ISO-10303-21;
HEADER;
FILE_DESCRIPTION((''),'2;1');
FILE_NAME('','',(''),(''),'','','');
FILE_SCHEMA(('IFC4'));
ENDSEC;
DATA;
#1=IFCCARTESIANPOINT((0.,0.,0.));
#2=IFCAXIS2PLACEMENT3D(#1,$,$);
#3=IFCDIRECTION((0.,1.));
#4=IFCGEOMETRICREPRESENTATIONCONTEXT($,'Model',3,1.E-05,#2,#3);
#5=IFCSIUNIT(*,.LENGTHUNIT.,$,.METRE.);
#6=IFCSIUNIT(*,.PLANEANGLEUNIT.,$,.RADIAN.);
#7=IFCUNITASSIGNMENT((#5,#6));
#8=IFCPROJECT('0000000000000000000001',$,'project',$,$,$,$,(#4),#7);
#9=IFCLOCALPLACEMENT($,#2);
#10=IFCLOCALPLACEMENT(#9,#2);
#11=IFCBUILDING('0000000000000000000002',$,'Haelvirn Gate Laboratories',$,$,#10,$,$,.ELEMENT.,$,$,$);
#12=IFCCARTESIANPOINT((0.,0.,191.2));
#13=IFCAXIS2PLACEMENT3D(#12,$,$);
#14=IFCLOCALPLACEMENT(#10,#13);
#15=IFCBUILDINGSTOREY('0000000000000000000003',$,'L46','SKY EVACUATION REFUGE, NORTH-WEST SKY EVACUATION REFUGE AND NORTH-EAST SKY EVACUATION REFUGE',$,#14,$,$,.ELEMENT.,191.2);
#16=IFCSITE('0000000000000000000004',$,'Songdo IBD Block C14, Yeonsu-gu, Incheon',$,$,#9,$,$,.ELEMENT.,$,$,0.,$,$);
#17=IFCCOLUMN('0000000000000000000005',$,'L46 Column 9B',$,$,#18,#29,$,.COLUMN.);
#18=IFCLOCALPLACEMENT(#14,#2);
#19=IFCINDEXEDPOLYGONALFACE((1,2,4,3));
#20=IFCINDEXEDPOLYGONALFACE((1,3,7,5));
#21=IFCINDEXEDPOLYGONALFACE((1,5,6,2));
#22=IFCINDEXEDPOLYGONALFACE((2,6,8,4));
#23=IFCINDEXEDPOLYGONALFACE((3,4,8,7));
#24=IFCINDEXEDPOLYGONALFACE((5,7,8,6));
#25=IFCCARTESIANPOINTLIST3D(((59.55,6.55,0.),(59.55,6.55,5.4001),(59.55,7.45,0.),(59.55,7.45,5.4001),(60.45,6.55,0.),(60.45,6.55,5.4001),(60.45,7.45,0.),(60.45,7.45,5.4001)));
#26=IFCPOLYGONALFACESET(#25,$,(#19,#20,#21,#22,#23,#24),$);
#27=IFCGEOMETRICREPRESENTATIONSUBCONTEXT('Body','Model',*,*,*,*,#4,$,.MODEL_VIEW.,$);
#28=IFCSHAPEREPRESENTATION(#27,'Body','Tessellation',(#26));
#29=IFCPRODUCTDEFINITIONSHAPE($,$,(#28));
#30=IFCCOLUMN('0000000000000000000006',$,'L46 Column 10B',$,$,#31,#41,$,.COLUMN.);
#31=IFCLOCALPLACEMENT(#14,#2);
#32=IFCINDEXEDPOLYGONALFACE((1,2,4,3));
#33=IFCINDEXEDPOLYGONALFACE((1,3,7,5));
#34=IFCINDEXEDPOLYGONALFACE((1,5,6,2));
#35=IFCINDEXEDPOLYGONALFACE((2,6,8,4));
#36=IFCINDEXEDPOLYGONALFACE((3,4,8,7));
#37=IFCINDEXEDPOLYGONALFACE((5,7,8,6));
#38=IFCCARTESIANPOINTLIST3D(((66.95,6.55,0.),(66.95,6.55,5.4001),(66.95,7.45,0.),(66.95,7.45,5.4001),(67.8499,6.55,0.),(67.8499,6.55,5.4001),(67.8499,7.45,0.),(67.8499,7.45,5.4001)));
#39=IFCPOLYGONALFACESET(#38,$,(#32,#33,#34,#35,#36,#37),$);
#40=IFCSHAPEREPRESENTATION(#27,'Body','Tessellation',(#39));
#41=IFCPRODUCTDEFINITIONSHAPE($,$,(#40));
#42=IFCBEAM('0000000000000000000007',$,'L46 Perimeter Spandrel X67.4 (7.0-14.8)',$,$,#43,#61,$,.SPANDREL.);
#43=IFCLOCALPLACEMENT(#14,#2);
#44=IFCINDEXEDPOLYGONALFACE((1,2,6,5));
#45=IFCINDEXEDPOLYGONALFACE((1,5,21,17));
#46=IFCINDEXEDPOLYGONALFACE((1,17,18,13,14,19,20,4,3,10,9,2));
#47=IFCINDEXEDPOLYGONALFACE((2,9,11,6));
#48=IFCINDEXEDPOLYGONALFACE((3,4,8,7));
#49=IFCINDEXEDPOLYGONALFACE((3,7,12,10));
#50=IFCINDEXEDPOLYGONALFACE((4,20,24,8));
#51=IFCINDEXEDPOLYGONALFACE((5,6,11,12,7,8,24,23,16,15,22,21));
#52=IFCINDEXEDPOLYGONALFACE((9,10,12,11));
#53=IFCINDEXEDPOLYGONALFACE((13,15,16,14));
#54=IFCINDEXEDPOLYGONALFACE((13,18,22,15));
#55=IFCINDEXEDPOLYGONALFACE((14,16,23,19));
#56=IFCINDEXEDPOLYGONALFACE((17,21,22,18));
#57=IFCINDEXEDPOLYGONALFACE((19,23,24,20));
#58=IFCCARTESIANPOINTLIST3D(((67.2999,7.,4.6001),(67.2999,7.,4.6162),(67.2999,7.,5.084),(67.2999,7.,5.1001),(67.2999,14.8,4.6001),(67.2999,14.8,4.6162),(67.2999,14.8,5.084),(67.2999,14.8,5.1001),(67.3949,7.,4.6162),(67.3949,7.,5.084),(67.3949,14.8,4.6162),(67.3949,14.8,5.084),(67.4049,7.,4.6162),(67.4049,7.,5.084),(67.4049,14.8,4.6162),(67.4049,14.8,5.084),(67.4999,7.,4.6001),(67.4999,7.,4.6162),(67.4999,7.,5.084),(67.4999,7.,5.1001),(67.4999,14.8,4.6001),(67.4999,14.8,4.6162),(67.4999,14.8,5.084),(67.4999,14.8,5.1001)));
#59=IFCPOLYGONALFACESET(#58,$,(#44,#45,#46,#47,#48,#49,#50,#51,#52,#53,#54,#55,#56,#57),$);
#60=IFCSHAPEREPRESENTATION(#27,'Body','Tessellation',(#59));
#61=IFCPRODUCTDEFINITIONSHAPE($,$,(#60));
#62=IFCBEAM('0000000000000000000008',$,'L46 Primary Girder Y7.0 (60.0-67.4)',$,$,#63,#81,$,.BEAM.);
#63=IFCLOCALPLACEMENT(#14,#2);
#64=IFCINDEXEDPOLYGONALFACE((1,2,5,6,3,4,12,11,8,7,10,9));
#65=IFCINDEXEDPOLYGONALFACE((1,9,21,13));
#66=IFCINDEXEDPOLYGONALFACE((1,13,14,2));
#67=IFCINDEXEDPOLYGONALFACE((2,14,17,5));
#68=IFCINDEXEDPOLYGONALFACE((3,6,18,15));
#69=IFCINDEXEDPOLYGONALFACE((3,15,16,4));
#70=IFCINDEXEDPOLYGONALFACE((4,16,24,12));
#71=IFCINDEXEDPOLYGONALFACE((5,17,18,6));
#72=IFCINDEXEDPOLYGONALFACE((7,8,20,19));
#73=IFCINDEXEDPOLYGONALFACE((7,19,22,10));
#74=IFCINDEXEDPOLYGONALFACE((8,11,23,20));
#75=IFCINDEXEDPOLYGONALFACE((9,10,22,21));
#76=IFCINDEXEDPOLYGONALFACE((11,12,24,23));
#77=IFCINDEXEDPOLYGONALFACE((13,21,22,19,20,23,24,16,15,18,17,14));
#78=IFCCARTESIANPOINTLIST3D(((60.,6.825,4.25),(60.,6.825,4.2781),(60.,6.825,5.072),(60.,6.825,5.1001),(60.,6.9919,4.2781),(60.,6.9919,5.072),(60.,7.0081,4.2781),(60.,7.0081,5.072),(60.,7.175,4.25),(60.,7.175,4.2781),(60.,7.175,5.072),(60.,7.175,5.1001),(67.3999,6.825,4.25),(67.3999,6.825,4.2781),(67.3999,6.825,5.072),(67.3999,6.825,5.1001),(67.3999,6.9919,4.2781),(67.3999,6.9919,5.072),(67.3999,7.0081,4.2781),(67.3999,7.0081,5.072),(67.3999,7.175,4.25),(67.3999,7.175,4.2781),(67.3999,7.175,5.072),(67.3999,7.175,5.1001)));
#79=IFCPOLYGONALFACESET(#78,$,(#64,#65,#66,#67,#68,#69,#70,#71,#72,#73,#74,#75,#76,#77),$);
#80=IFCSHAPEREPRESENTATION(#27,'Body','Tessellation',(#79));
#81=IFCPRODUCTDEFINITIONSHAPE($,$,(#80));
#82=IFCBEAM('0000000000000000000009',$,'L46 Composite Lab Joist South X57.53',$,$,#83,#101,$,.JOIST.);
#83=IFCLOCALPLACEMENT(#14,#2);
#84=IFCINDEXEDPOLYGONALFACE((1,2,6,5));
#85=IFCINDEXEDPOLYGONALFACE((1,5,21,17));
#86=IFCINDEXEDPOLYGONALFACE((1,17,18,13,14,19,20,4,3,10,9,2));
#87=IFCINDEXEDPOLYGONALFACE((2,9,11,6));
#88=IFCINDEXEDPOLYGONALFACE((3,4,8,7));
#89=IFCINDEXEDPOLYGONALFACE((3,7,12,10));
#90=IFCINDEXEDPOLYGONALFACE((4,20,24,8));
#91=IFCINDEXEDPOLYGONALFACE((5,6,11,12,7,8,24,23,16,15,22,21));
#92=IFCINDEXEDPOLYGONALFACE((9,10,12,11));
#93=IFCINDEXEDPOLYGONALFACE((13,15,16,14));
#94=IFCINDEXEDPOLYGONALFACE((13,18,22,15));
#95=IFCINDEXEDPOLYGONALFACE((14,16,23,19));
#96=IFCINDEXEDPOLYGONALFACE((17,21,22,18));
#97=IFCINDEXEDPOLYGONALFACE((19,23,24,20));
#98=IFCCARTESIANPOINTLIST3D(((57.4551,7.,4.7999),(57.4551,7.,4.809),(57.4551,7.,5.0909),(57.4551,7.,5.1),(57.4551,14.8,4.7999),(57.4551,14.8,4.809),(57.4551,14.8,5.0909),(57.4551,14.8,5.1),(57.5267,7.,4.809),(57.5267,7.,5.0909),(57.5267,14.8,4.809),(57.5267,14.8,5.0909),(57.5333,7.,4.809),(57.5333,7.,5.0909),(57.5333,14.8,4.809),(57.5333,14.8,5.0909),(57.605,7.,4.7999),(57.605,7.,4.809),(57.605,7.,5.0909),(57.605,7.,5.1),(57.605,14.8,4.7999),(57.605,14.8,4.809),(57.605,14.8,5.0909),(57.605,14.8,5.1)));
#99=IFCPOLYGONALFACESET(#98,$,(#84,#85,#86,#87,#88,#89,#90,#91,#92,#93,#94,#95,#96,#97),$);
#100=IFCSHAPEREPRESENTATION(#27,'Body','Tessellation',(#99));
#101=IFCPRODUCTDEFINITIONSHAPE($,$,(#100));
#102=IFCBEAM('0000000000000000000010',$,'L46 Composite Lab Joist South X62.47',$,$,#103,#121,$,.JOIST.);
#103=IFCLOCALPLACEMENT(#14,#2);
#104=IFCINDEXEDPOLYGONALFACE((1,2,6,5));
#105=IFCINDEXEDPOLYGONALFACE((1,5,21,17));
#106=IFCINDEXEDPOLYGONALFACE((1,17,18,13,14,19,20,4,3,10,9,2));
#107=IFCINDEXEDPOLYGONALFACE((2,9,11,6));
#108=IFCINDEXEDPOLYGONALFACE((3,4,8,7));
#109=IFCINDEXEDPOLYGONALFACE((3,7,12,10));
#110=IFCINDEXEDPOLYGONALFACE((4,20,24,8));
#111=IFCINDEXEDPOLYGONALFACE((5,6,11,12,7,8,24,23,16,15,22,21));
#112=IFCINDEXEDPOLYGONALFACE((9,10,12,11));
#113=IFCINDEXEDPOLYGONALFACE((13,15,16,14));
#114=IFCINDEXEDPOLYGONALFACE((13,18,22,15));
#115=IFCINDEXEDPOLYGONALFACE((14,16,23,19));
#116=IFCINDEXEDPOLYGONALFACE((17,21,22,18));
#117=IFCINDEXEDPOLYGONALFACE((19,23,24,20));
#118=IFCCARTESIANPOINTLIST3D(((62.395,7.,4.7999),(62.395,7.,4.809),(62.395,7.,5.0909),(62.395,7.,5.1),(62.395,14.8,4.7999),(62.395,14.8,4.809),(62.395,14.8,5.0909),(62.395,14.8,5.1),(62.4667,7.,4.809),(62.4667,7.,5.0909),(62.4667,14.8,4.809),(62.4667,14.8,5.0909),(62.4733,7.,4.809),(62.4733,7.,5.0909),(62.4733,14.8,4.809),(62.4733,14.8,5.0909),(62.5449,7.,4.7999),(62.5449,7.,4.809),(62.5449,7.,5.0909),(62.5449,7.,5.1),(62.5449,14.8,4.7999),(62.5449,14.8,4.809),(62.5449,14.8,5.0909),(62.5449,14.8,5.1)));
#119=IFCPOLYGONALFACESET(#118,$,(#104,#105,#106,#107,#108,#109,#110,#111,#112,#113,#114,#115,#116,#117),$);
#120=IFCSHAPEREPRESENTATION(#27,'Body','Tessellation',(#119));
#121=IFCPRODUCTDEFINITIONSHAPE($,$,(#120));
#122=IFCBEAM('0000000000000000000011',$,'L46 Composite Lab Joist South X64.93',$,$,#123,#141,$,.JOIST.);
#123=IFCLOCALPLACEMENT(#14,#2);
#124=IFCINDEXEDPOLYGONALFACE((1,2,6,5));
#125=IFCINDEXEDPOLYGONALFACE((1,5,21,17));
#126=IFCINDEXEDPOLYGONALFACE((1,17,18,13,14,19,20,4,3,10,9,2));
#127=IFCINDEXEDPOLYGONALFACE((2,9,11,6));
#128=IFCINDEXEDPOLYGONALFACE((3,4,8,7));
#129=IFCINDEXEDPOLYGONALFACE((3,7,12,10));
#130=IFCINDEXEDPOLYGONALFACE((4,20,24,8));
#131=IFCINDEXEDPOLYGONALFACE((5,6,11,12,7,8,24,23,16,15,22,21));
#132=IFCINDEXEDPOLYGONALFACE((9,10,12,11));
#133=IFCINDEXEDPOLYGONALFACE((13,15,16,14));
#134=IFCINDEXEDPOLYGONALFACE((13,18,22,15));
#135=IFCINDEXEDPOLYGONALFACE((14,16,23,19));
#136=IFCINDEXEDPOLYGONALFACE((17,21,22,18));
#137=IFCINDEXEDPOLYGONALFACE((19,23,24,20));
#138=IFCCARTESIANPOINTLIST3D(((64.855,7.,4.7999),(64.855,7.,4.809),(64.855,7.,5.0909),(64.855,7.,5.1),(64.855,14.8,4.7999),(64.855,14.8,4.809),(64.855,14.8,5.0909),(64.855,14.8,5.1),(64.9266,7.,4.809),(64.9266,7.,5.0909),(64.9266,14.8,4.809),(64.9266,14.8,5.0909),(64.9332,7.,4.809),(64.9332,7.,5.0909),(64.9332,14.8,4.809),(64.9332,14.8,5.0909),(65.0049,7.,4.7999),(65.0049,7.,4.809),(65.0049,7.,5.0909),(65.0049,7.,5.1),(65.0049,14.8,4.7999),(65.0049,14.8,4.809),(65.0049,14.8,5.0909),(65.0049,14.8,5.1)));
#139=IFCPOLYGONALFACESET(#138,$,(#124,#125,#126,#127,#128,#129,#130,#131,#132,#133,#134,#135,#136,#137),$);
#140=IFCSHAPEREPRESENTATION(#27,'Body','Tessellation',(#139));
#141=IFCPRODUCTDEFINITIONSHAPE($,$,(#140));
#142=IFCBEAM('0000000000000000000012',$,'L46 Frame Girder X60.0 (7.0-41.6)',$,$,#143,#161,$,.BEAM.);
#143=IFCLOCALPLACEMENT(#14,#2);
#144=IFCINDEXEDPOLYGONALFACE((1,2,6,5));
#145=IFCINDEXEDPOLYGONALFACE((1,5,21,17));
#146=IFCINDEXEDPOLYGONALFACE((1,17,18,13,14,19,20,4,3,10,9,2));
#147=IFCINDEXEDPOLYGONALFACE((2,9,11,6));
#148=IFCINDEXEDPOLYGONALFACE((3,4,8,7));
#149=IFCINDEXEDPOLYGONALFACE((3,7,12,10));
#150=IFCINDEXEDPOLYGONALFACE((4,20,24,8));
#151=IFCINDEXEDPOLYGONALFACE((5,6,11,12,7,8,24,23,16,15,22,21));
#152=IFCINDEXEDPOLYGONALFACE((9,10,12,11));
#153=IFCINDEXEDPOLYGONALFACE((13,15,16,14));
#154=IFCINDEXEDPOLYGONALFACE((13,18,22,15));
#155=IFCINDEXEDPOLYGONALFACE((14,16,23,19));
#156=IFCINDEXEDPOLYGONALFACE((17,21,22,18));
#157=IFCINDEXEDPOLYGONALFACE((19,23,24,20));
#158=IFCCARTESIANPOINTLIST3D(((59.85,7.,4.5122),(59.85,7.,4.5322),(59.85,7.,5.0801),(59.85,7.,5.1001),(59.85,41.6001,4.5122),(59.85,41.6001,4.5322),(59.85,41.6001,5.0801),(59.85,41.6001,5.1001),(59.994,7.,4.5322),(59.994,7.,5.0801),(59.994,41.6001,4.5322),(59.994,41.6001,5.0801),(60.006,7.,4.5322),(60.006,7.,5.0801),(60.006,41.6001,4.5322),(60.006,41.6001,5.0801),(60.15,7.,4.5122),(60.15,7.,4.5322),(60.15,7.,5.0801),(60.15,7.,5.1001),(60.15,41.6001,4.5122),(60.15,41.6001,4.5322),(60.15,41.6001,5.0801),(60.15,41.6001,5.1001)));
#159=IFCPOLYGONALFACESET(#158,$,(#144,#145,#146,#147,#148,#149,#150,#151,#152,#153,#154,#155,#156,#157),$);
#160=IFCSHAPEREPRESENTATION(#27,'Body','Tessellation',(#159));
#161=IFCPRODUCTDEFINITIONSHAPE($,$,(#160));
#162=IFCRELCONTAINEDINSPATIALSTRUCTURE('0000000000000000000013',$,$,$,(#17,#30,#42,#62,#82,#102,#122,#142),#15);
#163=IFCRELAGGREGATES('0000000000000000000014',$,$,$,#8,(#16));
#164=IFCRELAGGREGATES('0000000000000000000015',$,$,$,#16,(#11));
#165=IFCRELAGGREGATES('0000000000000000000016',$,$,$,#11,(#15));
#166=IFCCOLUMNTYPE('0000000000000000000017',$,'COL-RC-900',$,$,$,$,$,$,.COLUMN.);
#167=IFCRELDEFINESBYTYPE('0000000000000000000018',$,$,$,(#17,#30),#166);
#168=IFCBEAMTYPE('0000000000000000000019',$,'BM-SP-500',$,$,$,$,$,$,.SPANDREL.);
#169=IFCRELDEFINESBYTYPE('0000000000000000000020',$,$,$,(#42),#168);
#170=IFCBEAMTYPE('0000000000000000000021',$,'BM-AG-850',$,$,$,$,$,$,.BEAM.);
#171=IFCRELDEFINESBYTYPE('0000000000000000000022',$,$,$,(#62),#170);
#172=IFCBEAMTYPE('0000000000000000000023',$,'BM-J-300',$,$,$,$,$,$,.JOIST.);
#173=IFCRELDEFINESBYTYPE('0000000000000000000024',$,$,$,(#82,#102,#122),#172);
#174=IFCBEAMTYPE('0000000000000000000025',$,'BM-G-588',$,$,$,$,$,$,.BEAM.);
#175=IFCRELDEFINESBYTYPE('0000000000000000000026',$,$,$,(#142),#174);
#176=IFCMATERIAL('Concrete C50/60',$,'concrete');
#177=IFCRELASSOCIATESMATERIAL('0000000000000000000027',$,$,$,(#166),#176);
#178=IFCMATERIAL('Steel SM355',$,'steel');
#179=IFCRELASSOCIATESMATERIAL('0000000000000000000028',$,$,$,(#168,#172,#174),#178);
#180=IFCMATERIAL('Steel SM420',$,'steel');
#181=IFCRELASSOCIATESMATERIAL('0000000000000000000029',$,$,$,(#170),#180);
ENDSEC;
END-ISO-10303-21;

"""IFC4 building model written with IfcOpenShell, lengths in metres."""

from ifc_helpers import new_model, si_unit, direction, frame, origin, origin_2d, place, context, subcontext, project, spatial, rectangle, i_section, extrude, source, transform, mapped, material, material_profile, profile_set, type_object, type_shapes, element, save


model = new_model("IFC4")

# Units and contexts
model_context = context("Model", 3, precision=1e-05, world=origin(), true_north=direction((0.0, 1.0)))
body_context = subcontext(model_context, "Body", "Model", "MODEL_VIEW")
ifc_project = project(units=[si_unit("LENGTHUNIT", "METRE"), si_unit("PLANEANGLEUNIT", "RADIAN")], contexts=[model_context])

# Site, building, storey
site_placement = place(None, origin())
site = spatial("IfcSite", under=ifc_project, at=site_placement, Name="Songdo IBD Block C14, Yeonsu-gu, Incheon", CompositionType="ELEMENT", RefElevation=0.0)
building_placement = place(site_placement, origin())
building = spatial("IfcBuilding", under=site, at=building_placement, Name="Haelvirn Gate Laboratories", CompositionType="ELEMENT")
storey_placement = place(building_placement, frame((0.0, 0.0, 191.2)))
storey = spatial("IfcBuildingStorey", under=building, at=storey_placement, Name="L46", Description="SKY EVACUATION REFUGE, NORTH-WEST SKY EVACUATION REFUGE AND NORTH-EAST SKY EVACUATION REFUGE", CompositionType="ELEMENT", Elevation=191.2)

# Columns
ifc_material_1 = material(Name="Concrete C50/60", Category="concrete")
ifc_material_profile_1 = material_profile(ifc_material_1, rectangle(XDim=0.8999, YDim=0.8999, at=origin_2d()), Name="RC-900x900")
ifc_profile_set_1 = profile_set([ifc_material_profile_1], Name="Concrete C50/60")
column_type = type_object("IfcColumnType", Name="COL-RC-900", PredefinedType="COLUMN", material=ifc_profile_set_1)
shared_shape_1 = source(origin(), body_context, "Body", "SweptSolid", [
    extrude(rectangle(XDim=0.8999, YDim=0.8999, at=origin_2d()), origin(), (0.0, 0.0, 1.0), 5.4001),
])
type_shapes(column_type, [shared_shape_1])
for number, where, z_axis, x_axis, name in (
    (1, (60.0, 7.0, 0.0), (0.0, 0.0, 1.0), (1.0, 0.0, 0.0), "L46 Column 9B"),
    (2, (67.3999, 7.0, 0.0), (0.0, 0.0, 1.0), (1.0, 0.0, 0.0), "L46 Column 10B"),
):
    element("IfcColumn", number, at=place(storey_placement, frame(where, z_axis=z_axis, x_axis=x_axis)), inside=storey, type_object=column_type, Name=name, PredefinedType="COLUMN", context=body_context, shape_type="MappedRepresentation", body=[
        mapped(shared_shape_1, transform((0.0, 0.0, 0.0), scale=1.0)),
    ])

# Beams
ifc_material_2 = material(Name="Steel SM355", Category="steel")
ifc_material_profile_2 = material_profile(ifc_material_2, i_section(OverallWidth=0.2, OverallDepth=0.5, WebThickness=0.01, FlangeThickness=0.0161, at=origin_2d()), Name="H-500x200x10x16")
ifc_profile_set_2 = profile_set([ifc_material_profile_2], Name="Steel SM355")
beam_type_1 = type_object("IfcBeamType", Name="BM-SP-500", PredefinedType="SPANDREL", material=ifc_profile_set_2)
shared_shape_2 = source(origin(), body_context, "Body", "SweptSolid", [
    extrude(i_section(OverallWidth=0.2, OverallDepth=0.5, WebThickness=0.01, FlangeThickness=0.0161, at=origin_2d()), origin(), (0.0, 0.0, 1.0), 7.8),
])
type_shapes(beam_type_1, [shared_shape_2])
beam_1_placement = place(storey_placement, frame((67.3999, 7.0, 4.8501), z_axis=(0.0, 1.0, 0.0), x_axis=(-1.0, 0.0, 0.0)))
element("IfcBeam", 3, at=beam_1_placement, inside=storey, type_object=beam_type_1, Name="L46 Perimeter Spandrel X67.4 (7.0-14.8)", PredefinedType="SPANDREL", context=body_context, shape_type="MappedRepresentation", body=[
    mapped(shared_shape_2, transform((0.0, 0.0, 0.0), scale=1.0)),
])
ifc_material_3 = material(Name="Steel SM420", Category="steel")
ifc_material_profile_3 = material_profile(ifc_material_3, i_section(OverallWidth=0.3501, OverallDepth=0.8501, WebThickness=0.0161, FlangeThickness=0.0281, at=origin_2d()), Name="H-850x350x16x28")
ifc_profile_set_3 = profile_set([ifc_material_profile_3], Name="Steel SM420")
beam_type_2 = type_object("IfcBeamType", Name="BM-AG-850", PredefinedType="BEAM", material=ifc_profile_set_3)
shared_shape_3 = source(origin(), body_context, "Body", "SweptSolid", [
    extrude(i_section(OverallWidth=0.3501, OverallDepth=0.8501, WebThickness=0.0161, FlangeThickness=0.0281, at=origin_2d()), origin(), (0.0, 0.0, 1.0), 7.3999),
])
type_shapes(beam_type_2, [shared_shape_3])
beam_2_placement = place(storey_placement, frame((60.0, 7.0, 4.675), z_axis=(1.0, 0.0, 0.0), x_axis=(0.0, 1.0, 0.0)))
element("IfcBeam", 4, at=beam_2_placement, inside=storey, type_object=beam_type_2, Name="L46 Primary Girder Y7.0 (60.0-67.4)", PredefinedType="BEAM", context=body_context, shape_type="MappedRepresentation", body=[
    mapped(shared_shape_3, transform((0.0, 0.0, 0.0), scale=1.0)),
])
ifc_material_profile_4 = material_profile(ifc_material_2, i_section(OverallWidth=0.1499, OverallDepth=0.3, WebThickness=0.0066, FlangeThickness=0.009, at=origin_2d()), Name="H-300x150x6.5x9")
ifc_profile_set_4 = profile_set([ifc_material_profile_4], Name="Steel SM355")
beam_type_3 = type_object("IfcBeamType", Name="BM-J-300", PredefinedType="JOIST", material=ifc_profile_set_4)
shared_shape_4 = source(origin(), body_context, "Body", "SweptSolid", [
    extrude(i_section(OverallWidth=0.1499, OverallDepth=0.3, WebThickness=0.0066, FlangeThickness=0.009, at=origin_2d()), origin(), (0.0, 0.0, 1.0), 7.8),
])
type_shapes(beam_type_3, [shared_shape_4])
for number, where, z_axis, x_axis, name in (
    (5, (57.53, 7.0, 4.95), (0.0, 1.0, 0.0), (-1.0, 0.0, 0.0), "L46 Composite Lab Joist South X57.53"),
    (6, (62.47, 7.0, 4.95), (0.0, 1.0, 0.0), (-1.0, 0.0, 0.0), "L46 Composite Lab Joist South X62.47"),
    (7, (64.9299, 7.0, 4.95), (0.0, 1.0, 0.0), (-1.0, 0.0, 0.0), "L46 Composite Lab Joist South X64.93"),
):
    element("IfcBeam", number, at=place(storey_placement, frame(where, z_axis=z_axis, x_axis=x_axis)), inside=storey, type_object=beam_type_3, Name=name, PredefinedType="JOIST", context=body_context, shape_type="MappedRepresentation", body=[
        mapped(shared_shape_4, transform((0.0, 0.0, 0.0), scale=1.0)),
    ])
ifc_material_profile_5 = material_profile(ifc_material_2, i_section(OverallWidth=0.3, OverallDepth=0.5879, WebThickness=0.012, FlangeThickness=0.02, at=origin_2d()), Name="H-588x300x12x20")
ifc_profile_set_5 = profile_set([ifc_material_profile_5], Name="Steel SM355")
beam_type_4 = type_object("IfcBeamType", Name="BM-G-588", PredefinedType="BEAM", material=ifc_profile_set_5)
shared_shape_5 = source(origin(), body_context, "Body", "SweptSolid", [
    extrude(i_section(OverallWidth=0.3, OverallDepth=0.5879, WebThickness=0.012, FlangeThickness=0.02, at=origin_2d()), origin(), (0.0, 0.0, 1.0), 34.6001),
])
type_shapes(beam_type_4, [shared_shape_5])
beam_3_placement = place(storey_placement, frame((60.0, 7.0, 4.8062), z_axis=(0.0, 1.0, 0.0), x_axis=(-1.0, 0.0, 0.0)))
element("IfcBeam", 8, at=beam_3_placement, inside=storey, type_object=beam_type_4, Name="L46 Frame Girder X60.0 (7.0-41.6)", PredefinedType="BEAM", context=body_context, shape_type="MappedRepresentation", body=[
    mapped(shared_shape_5, transform((0.0, 0.0, 0.0), scale=1.0)),
])

save(model, "model.ifc")
